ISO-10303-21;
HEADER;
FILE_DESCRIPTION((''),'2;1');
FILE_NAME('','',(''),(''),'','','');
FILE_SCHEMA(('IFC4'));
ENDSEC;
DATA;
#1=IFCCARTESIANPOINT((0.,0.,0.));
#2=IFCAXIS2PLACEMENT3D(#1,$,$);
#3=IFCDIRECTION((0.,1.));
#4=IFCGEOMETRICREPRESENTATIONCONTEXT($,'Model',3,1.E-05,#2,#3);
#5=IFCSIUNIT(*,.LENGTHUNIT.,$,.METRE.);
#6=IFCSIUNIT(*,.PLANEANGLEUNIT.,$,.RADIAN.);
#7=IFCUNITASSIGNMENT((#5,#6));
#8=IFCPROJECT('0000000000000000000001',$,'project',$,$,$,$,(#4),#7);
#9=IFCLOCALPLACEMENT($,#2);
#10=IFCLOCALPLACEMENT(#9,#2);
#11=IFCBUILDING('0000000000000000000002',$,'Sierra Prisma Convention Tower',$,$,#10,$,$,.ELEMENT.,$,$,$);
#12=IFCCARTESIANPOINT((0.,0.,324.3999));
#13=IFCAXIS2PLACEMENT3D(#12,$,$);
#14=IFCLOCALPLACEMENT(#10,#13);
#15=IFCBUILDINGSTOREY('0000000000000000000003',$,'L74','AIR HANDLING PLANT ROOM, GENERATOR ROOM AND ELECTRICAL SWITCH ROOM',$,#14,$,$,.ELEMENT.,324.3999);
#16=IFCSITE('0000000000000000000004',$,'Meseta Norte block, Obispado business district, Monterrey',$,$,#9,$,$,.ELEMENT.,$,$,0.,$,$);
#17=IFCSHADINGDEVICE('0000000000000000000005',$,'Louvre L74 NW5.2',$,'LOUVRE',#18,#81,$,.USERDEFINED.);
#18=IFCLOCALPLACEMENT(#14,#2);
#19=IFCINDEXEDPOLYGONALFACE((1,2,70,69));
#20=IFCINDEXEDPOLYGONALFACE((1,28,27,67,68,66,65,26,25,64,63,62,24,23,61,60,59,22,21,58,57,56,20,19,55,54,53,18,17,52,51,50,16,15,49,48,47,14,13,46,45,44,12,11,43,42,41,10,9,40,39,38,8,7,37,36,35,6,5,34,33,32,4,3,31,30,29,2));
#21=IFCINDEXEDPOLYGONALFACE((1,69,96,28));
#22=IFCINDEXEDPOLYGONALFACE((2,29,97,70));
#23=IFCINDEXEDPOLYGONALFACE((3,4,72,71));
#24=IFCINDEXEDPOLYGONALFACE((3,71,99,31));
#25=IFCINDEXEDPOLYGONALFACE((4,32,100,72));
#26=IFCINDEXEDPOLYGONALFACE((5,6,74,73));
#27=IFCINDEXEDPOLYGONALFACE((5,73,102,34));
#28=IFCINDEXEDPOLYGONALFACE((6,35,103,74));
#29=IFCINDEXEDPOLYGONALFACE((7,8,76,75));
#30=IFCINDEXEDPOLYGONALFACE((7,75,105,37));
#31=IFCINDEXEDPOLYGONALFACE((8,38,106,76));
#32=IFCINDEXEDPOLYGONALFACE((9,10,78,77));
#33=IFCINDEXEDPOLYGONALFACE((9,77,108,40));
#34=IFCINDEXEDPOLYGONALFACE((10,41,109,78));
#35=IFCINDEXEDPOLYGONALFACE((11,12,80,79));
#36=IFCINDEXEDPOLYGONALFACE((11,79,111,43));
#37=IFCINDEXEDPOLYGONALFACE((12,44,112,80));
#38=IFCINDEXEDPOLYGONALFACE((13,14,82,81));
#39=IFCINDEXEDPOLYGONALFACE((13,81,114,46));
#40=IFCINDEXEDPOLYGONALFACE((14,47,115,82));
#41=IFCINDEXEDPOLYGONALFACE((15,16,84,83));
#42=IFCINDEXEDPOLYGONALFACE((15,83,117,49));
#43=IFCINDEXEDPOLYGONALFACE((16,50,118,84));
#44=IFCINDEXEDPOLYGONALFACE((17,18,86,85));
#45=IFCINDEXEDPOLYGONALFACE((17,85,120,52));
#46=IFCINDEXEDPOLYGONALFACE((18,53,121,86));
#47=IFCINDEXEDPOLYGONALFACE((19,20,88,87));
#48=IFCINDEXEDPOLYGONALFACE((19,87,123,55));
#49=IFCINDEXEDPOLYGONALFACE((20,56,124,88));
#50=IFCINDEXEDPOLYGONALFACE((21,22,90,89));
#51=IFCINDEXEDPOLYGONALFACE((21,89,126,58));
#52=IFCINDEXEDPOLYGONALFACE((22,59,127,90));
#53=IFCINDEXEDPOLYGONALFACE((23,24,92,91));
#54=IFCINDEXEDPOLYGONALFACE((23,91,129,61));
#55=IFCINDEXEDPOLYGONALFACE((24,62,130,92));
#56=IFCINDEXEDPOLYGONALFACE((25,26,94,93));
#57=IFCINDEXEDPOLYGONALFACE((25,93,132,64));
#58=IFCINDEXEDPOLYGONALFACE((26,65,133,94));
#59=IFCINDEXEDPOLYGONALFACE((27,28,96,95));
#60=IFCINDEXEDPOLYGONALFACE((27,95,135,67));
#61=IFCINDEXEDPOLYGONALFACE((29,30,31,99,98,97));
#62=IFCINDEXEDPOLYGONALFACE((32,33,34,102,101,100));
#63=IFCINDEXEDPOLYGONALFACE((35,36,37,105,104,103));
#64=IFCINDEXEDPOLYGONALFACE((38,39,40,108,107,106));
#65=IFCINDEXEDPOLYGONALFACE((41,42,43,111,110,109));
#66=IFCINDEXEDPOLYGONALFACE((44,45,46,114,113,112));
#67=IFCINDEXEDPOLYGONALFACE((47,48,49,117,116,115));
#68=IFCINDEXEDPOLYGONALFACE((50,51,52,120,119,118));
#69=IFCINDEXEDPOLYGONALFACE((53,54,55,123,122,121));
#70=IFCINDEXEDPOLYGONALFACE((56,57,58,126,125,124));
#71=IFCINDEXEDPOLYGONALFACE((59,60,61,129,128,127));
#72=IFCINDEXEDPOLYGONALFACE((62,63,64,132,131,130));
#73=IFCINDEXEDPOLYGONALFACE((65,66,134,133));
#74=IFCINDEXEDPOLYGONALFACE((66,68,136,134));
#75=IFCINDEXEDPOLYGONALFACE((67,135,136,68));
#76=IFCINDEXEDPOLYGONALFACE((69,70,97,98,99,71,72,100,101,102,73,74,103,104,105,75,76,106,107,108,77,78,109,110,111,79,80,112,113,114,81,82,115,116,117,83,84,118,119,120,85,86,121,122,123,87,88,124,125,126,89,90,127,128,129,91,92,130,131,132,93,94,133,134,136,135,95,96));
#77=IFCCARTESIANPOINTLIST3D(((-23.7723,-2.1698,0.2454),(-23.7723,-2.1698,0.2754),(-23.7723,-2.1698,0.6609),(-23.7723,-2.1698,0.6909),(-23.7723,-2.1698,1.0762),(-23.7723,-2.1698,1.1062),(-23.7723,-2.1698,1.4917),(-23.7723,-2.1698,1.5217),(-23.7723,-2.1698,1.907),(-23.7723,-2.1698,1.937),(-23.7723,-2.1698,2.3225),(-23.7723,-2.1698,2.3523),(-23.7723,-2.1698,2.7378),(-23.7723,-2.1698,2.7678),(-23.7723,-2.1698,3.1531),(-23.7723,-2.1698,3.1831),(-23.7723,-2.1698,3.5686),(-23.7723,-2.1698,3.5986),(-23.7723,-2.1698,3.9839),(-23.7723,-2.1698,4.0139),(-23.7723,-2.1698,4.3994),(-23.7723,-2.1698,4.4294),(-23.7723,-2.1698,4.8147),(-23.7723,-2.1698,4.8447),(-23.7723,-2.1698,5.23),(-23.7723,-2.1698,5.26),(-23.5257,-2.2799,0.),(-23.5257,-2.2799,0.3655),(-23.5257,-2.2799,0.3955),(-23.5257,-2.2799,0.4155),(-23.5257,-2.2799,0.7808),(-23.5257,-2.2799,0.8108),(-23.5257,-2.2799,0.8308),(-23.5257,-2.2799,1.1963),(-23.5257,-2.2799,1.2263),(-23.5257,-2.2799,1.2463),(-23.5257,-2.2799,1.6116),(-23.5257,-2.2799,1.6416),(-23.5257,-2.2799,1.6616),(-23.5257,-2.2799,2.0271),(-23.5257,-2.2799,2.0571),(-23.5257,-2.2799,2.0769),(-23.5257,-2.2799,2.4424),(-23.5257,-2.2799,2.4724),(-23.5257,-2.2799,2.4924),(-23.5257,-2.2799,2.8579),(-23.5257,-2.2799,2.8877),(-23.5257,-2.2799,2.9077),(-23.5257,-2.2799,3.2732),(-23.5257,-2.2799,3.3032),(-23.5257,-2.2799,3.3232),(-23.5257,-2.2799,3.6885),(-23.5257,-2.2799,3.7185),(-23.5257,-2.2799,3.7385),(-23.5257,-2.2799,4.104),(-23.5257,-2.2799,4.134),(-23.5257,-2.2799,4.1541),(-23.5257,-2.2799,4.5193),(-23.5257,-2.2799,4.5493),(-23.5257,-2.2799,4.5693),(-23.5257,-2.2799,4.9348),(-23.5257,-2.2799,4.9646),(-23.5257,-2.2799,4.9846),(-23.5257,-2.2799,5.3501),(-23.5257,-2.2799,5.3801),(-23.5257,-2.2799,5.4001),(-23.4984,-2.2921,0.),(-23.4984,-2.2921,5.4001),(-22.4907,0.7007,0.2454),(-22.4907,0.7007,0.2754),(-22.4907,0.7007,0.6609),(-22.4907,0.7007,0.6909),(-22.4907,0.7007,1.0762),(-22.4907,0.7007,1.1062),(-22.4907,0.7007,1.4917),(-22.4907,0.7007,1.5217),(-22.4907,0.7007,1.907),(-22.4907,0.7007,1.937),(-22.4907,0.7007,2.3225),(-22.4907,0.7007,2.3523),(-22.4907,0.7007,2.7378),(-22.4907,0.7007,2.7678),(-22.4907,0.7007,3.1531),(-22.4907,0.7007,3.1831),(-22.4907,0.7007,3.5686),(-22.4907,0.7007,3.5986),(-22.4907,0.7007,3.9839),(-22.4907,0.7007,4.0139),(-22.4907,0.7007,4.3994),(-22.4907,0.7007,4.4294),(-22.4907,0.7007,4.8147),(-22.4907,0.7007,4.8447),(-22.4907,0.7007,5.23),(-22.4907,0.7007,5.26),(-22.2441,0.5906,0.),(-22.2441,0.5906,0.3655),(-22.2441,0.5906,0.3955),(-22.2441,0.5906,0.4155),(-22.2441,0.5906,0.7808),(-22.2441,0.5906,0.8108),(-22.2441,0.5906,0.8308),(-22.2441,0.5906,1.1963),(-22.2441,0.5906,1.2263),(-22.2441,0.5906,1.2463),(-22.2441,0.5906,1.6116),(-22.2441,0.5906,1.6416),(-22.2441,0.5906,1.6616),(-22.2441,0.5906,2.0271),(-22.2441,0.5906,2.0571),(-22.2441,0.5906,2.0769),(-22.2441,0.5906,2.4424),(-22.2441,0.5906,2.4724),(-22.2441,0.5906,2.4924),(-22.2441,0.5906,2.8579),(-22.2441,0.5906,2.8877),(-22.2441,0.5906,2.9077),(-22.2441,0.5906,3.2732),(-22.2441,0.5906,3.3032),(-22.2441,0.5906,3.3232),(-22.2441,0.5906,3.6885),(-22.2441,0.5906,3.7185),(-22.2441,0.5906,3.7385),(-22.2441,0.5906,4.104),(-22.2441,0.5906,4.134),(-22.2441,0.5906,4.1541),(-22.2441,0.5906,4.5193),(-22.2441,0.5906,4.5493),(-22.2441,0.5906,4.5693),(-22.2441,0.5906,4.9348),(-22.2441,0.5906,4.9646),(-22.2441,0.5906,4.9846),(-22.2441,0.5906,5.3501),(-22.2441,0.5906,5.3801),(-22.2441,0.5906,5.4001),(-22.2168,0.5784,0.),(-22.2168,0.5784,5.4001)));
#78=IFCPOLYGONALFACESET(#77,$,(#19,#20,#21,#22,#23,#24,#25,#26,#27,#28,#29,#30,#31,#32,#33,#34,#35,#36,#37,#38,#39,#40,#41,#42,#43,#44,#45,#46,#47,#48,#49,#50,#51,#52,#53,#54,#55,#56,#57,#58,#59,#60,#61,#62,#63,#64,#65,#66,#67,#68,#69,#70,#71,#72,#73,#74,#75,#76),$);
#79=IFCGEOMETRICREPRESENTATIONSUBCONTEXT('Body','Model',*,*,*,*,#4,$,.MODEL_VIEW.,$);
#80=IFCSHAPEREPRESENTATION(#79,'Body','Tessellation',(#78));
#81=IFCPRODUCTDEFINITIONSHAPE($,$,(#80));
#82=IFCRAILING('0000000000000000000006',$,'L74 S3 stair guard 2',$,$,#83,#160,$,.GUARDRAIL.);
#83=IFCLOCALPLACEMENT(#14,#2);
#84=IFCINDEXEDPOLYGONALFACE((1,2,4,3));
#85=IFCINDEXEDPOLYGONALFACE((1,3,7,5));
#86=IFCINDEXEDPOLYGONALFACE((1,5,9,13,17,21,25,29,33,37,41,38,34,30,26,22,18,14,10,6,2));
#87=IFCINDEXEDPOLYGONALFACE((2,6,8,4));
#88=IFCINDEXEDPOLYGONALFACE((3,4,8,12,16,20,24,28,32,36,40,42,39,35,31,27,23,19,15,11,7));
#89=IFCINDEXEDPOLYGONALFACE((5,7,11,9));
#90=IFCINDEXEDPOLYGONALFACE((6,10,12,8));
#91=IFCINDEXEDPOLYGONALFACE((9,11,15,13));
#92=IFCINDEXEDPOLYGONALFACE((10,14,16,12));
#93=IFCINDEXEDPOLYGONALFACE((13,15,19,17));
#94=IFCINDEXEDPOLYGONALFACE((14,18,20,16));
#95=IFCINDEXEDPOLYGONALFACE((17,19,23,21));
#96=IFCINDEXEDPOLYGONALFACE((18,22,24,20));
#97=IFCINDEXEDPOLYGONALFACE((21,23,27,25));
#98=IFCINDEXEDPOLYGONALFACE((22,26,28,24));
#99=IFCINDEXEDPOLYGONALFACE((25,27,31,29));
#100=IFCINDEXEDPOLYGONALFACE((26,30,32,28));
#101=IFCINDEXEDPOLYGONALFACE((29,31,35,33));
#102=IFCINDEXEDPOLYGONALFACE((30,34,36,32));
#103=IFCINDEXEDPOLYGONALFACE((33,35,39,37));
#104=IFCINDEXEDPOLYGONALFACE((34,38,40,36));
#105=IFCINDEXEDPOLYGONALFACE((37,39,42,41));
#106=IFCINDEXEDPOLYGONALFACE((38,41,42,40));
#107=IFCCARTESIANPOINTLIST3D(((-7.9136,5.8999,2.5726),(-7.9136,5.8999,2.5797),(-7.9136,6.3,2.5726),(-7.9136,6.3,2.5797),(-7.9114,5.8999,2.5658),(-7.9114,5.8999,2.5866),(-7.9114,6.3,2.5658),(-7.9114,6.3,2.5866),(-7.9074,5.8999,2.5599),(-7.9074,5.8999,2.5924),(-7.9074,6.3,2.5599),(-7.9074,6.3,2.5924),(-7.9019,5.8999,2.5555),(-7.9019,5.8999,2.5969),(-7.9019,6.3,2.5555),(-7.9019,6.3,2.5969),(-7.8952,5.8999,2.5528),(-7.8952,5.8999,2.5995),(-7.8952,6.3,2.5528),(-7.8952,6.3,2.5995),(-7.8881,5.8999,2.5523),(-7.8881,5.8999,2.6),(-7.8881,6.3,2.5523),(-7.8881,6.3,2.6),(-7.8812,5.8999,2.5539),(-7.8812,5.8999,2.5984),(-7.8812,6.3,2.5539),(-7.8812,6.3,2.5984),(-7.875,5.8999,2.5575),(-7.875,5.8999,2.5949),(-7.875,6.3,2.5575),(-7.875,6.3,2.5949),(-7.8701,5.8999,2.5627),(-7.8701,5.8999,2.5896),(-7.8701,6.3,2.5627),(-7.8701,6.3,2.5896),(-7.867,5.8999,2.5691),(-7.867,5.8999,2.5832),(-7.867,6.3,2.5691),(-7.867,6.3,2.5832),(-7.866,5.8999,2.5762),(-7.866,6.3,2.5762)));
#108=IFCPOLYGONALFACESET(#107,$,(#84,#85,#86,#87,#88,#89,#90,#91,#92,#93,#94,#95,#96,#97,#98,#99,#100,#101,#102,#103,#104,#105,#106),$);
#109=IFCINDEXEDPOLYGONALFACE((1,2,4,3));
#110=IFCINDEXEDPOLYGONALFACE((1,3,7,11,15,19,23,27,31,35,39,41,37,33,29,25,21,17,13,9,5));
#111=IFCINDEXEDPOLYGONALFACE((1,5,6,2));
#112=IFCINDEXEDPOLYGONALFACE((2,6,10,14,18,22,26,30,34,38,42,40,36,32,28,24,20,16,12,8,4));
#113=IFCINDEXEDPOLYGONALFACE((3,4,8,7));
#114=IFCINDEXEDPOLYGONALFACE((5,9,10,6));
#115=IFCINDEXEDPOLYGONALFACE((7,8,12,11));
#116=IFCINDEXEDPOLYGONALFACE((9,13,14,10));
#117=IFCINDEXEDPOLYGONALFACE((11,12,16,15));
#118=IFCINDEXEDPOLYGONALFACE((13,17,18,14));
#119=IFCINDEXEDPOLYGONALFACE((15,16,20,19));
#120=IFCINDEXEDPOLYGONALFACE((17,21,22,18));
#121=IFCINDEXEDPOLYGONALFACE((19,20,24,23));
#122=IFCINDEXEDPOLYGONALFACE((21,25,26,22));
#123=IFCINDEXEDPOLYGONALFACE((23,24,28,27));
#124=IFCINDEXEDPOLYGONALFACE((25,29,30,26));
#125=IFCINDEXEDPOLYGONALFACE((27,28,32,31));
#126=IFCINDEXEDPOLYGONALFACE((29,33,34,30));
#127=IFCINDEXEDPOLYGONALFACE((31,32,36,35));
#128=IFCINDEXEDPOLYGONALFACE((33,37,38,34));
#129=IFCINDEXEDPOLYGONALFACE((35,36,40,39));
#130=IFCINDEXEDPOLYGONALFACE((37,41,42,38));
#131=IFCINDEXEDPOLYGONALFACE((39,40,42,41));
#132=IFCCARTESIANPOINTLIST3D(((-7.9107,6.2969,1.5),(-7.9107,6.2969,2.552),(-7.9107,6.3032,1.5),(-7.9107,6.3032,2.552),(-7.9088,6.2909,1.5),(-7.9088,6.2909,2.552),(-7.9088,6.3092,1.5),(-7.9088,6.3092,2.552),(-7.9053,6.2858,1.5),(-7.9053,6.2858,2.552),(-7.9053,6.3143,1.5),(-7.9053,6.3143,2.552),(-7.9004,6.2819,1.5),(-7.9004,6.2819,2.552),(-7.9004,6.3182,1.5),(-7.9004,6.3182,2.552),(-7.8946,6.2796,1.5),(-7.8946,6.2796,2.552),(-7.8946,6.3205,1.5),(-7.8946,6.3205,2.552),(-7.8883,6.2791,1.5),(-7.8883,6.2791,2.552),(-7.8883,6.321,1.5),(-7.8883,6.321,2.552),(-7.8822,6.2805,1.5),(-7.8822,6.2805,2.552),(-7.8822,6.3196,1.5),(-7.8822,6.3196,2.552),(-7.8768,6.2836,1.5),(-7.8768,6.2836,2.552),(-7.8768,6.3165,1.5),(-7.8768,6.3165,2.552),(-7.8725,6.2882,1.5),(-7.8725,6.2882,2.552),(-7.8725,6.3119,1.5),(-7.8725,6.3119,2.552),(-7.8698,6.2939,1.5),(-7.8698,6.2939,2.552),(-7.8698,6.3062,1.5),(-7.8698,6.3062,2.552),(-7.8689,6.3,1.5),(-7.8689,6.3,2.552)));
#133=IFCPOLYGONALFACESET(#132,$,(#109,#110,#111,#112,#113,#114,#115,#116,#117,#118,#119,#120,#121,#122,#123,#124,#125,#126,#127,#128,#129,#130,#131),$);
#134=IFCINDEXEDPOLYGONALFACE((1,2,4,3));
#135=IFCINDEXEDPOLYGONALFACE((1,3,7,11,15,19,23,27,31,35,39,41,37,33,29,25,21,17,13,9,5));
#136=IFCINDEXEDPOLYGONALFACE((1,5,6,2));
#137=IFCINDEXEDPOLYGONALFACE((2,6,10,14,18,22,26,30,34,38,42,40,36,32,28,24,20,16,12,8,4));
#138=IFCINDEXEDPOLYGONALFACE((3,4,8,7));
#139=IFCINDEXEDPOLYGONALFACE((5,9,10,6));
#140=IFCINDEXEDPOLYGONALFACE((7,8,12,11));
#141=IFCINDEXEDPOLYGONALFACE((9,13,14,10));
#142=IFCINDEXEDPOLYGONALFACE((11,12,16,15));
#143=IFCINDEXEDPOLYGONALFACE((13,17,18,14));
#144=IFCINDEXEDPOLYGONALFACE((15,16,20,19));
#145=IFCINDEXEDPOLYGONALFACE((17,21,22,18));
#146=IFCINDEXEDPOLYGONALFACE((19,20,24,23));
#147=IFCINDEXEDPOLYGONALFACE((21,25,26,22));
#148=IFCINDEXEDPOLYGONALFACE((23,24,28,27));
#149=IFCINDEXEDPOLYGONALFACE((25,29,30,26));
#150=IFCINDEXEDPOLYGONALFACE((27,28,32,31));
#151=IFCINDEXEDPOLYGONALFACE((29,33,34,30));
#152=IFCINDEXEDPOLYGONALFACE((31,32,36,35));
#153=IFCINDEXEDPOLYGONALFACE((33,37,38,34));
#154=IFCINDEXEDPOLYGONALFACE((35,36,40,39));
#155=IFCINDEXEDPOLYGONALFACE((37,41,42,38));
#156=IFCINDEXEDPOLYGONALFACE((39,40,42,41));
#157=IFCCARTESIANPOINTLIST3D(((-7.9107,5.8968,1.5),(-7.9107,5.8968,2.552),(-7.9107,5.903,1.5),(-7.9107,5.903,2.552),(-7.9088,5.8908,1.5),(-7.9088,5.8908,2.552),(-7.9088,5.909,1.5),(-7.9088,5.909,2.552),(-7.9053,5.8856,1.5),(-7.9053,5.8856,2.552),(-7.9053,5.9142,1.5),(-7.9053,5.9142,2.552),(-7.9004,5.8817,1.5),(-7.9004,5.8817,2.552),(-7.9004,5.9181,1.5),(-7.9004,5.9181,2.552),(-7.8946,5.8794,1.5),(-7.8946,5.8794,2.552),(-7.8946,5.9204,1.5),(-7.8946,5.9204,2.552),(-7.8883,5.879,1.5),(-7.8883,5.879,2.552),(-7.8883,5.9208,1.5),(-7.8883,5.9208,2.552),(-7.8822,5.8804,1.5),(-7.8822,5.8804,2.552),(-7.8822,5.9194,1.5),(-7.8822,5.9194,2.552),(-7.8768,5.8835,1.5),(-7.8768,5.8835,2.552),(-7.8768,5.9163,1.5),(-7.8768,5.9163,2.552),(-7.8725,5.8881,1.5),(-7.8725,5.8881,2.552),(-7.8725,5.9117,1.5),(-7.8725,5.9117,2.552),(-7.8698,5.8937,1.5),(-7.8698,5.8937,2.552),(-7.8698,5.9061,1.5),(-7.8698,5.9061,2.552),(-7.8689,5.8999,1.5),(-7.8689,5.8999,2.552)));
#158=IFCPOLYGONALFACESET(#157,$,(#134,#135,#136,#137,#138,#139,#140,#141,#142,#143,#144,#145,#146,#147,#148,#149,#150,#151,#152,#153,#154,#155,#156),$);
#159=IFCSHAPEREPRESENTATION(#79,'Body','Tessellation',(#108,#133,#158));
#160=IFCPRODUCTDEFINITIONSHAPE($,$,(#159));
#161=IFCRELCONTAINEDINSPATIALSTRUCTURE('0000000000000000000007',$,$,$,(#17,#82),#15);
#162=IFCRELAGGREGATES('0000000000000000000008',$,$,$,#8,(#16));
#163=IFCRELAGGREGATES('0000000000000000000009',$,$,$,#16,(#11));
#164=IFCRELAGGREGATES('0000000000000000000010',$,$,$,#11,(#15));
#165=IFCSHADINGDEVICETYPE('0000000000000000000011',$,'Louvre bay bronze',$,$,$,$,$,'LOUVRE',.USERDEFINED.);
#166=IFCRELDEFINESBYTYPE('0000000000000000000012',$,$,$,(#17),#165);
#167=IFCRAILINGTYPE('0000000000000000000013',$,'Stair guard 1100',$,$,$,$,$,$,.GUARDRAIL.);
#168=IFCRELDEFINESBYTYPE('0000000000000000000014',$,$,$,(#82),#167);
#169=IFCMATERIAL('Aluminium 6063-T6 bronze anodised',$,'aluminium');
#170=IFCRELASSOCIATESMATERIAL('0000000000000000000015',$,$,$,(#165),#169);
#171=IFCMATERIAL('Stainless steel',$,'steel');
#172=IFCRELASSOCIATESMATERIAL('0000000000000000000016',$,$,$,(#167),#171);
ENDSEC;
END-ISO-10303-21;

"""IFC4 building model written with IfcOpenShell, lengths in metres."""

from ifc_helpers import new_model, si_unit, direction, frame, origin, origin_2d, place, context, subcontext, project, spatial, polyline, circle, outline, extrude, material, type_object, element, save


model = new_model("IFC4")

# Units and contexts
model_context = context("Model", 3, precision=1e-05, world=origin(), true_north=direction((0.0, 1.0)))
body_context = subcontext(model_context, "Body", "Model", "MODEL_VIEW")
ifc_project = project(units=[si_unit("LENGTHUNIT", "METRE"), si_unit("PLANEANGLEUNIT", "RADIAN")], contexts=[model_context])

# Site, building, storey
site_placement = place(None, origin())
site = spatial("IfcSite", under=ifc_project, at=site_placement, Name="Meseta Norte block, Obispado business district, Monterrey", CompositionType="ELEMENT", RefElevation=0.0)
building_placement = place(site_placement, origin())
building = spatial("IfcBuilding", under=site, at=building_placement, Name="Sierra Prisma Convention Tower", CompositionType="ELEMENT")
storey_placement = place(building_placement, frame((0.0, 0.0, 324.3999)))
storey = spatial("IfcBuildingStorey", under=building, at=storey_placement, Name="L74", Description="AIR HANDLING PLANT ROOM, GENERATOR ROOM AND ELECTRICAL SWITCH ROOM", CompositionType="ELEMENT", Elevation=324.3999)

# Shading device
ifc_material_1 = material(Name="Aluminium 6063-T6 bronze anodised", Category="aluminium")
shading_device_type = type_object("IfcShadingDeviceType", Name="Louvre bay bronze", ElementType="LOUVRE", PredefinedType="USERDEFINED", material=ifc_material_1)
shading_device_1_placement = place(storey_placement, frame((-22.2168, 0.5784, 0.0), z_axis=(0.407683, 0.913124, 0.0), x_axis=(0.0, 0.0, 1.0)))
element("IfcShadingDevice", 1, at=shading_device_1_placement, inside=storey, type_object=shading_device_type, Name="Louvre L74 NW5.2", ObjectType="LOUVRE", PredefinedType="USERDEFINED", context=body_context, shape_type="SweptSolid", body=[
    extrude(outline(polyline([(0.0, 0.0), (5.4001, 0.0), (5.4001, -0.0299), (5.3801, -0.0299), (5.26, -0.3), (5.23, -0.3), (5.3501, -0.0299), (4.9846, -0.0299), (4.9646, -0.0299), (4.8447, -0.3), (4.8147, -0.3), (4.9348, -0.0299), (4.5693, -0.0299), (4.5493, -0.0299), (4.4294, -0.3), (4.3994, -0.3), (4.5193, -0.0299), (4.1541, -0.0299), (4.134, -0.0299), (4.0139, -0.3), (3.9839, -0.3), (4.104, -0.0299), (3.7385, -0.0299), (3.7185, -0.0299), (3.5986, -0.3), (3.5686, -0.3), (3.6885, -0.0299), (3.3232, -0.0299), (3.3032, -0.0299), (3.1831, -0.3), (3.1531, -0.3), (3.2732, -0.0299), (2.9077, -0.0299), (2.8877, -0.0299), (2.7678, -0.3), (2.7378, -0.3), (2.8579, -0.0299), (2.4924, -0.0299), (2.4724, -0.0299), (2.3523, -0.3), (2.3225, -0.3), (2.4424, -0.0299), (2.0769, -0.0299), (2.0571, -0.0299), (1.937, -0.3), (1.907, -0.3), (2.0271, -0.0299), (1.6616, -0.0299), (1.6416, -0.0299), (1.5217, -0.3), (1.4917, -0.3), (1.6116, -0.0299), (1.2463, -0.0299), (1.2263, -0.0299), (1.1062, -0.3), (1.0762, -0.3), (1.1963, -0.0299), (0.8308, -0.0299), (0.8108, -0.0299), (0.6909, -0.3), (0.6609, -0.3), (0.7808, -0.0299), (0.4155, -0.0299), (0.3955, -0.0299), (0.2754, -0.3), (0.2454, -0.3), (0.3655, -0.0299), (0.0, -0.0299), (0.0, 0.0)])), origin(), (0.0, 0.0, -1.0), 3.1436),
])

# Railing
ifc_material_2 = material(Name="Stainless steel", Category="steel")
railing_type_1 = type_object("IfcRailingType", Name="Stair guard 1100", PredefinedType="GUARDRAIL", material=ifc_material_2)
for number, where, name in (
    (2, (-7.8899, 6.3, 1.5), "L74 S3 stair guard 2"),
):
    element("IfcRailing", number, at=place(storey_placement, frame(where)), inside=storey, type_object=railing_type_1, Name=name, PredefinedType="GUARDRAIL", context=body_context, shape_type="SweptSolid", body=[
        extrude(circle(Radius=0.0239, at=origin_2d()), frame((0.0, 0.0, 1.0762), z_axis=(0.0, -1.0, 0.0), x_axis=(1.0, 0.0, 0.0)), (0.0, 0.0, 1.0), 0.4001),
        extrude(circle(Radius=0.021, at=origin_2d()), origin(), (0.0, 0.0, 1.0), 1.052),
        extrude(circle(Radius=0.021, at=origin_2d()), frame((0.0, -0.4001, 0.0)), (0.0, 0.0, 1.0), 1.052),
    ])

save(model, "model.ifc")
